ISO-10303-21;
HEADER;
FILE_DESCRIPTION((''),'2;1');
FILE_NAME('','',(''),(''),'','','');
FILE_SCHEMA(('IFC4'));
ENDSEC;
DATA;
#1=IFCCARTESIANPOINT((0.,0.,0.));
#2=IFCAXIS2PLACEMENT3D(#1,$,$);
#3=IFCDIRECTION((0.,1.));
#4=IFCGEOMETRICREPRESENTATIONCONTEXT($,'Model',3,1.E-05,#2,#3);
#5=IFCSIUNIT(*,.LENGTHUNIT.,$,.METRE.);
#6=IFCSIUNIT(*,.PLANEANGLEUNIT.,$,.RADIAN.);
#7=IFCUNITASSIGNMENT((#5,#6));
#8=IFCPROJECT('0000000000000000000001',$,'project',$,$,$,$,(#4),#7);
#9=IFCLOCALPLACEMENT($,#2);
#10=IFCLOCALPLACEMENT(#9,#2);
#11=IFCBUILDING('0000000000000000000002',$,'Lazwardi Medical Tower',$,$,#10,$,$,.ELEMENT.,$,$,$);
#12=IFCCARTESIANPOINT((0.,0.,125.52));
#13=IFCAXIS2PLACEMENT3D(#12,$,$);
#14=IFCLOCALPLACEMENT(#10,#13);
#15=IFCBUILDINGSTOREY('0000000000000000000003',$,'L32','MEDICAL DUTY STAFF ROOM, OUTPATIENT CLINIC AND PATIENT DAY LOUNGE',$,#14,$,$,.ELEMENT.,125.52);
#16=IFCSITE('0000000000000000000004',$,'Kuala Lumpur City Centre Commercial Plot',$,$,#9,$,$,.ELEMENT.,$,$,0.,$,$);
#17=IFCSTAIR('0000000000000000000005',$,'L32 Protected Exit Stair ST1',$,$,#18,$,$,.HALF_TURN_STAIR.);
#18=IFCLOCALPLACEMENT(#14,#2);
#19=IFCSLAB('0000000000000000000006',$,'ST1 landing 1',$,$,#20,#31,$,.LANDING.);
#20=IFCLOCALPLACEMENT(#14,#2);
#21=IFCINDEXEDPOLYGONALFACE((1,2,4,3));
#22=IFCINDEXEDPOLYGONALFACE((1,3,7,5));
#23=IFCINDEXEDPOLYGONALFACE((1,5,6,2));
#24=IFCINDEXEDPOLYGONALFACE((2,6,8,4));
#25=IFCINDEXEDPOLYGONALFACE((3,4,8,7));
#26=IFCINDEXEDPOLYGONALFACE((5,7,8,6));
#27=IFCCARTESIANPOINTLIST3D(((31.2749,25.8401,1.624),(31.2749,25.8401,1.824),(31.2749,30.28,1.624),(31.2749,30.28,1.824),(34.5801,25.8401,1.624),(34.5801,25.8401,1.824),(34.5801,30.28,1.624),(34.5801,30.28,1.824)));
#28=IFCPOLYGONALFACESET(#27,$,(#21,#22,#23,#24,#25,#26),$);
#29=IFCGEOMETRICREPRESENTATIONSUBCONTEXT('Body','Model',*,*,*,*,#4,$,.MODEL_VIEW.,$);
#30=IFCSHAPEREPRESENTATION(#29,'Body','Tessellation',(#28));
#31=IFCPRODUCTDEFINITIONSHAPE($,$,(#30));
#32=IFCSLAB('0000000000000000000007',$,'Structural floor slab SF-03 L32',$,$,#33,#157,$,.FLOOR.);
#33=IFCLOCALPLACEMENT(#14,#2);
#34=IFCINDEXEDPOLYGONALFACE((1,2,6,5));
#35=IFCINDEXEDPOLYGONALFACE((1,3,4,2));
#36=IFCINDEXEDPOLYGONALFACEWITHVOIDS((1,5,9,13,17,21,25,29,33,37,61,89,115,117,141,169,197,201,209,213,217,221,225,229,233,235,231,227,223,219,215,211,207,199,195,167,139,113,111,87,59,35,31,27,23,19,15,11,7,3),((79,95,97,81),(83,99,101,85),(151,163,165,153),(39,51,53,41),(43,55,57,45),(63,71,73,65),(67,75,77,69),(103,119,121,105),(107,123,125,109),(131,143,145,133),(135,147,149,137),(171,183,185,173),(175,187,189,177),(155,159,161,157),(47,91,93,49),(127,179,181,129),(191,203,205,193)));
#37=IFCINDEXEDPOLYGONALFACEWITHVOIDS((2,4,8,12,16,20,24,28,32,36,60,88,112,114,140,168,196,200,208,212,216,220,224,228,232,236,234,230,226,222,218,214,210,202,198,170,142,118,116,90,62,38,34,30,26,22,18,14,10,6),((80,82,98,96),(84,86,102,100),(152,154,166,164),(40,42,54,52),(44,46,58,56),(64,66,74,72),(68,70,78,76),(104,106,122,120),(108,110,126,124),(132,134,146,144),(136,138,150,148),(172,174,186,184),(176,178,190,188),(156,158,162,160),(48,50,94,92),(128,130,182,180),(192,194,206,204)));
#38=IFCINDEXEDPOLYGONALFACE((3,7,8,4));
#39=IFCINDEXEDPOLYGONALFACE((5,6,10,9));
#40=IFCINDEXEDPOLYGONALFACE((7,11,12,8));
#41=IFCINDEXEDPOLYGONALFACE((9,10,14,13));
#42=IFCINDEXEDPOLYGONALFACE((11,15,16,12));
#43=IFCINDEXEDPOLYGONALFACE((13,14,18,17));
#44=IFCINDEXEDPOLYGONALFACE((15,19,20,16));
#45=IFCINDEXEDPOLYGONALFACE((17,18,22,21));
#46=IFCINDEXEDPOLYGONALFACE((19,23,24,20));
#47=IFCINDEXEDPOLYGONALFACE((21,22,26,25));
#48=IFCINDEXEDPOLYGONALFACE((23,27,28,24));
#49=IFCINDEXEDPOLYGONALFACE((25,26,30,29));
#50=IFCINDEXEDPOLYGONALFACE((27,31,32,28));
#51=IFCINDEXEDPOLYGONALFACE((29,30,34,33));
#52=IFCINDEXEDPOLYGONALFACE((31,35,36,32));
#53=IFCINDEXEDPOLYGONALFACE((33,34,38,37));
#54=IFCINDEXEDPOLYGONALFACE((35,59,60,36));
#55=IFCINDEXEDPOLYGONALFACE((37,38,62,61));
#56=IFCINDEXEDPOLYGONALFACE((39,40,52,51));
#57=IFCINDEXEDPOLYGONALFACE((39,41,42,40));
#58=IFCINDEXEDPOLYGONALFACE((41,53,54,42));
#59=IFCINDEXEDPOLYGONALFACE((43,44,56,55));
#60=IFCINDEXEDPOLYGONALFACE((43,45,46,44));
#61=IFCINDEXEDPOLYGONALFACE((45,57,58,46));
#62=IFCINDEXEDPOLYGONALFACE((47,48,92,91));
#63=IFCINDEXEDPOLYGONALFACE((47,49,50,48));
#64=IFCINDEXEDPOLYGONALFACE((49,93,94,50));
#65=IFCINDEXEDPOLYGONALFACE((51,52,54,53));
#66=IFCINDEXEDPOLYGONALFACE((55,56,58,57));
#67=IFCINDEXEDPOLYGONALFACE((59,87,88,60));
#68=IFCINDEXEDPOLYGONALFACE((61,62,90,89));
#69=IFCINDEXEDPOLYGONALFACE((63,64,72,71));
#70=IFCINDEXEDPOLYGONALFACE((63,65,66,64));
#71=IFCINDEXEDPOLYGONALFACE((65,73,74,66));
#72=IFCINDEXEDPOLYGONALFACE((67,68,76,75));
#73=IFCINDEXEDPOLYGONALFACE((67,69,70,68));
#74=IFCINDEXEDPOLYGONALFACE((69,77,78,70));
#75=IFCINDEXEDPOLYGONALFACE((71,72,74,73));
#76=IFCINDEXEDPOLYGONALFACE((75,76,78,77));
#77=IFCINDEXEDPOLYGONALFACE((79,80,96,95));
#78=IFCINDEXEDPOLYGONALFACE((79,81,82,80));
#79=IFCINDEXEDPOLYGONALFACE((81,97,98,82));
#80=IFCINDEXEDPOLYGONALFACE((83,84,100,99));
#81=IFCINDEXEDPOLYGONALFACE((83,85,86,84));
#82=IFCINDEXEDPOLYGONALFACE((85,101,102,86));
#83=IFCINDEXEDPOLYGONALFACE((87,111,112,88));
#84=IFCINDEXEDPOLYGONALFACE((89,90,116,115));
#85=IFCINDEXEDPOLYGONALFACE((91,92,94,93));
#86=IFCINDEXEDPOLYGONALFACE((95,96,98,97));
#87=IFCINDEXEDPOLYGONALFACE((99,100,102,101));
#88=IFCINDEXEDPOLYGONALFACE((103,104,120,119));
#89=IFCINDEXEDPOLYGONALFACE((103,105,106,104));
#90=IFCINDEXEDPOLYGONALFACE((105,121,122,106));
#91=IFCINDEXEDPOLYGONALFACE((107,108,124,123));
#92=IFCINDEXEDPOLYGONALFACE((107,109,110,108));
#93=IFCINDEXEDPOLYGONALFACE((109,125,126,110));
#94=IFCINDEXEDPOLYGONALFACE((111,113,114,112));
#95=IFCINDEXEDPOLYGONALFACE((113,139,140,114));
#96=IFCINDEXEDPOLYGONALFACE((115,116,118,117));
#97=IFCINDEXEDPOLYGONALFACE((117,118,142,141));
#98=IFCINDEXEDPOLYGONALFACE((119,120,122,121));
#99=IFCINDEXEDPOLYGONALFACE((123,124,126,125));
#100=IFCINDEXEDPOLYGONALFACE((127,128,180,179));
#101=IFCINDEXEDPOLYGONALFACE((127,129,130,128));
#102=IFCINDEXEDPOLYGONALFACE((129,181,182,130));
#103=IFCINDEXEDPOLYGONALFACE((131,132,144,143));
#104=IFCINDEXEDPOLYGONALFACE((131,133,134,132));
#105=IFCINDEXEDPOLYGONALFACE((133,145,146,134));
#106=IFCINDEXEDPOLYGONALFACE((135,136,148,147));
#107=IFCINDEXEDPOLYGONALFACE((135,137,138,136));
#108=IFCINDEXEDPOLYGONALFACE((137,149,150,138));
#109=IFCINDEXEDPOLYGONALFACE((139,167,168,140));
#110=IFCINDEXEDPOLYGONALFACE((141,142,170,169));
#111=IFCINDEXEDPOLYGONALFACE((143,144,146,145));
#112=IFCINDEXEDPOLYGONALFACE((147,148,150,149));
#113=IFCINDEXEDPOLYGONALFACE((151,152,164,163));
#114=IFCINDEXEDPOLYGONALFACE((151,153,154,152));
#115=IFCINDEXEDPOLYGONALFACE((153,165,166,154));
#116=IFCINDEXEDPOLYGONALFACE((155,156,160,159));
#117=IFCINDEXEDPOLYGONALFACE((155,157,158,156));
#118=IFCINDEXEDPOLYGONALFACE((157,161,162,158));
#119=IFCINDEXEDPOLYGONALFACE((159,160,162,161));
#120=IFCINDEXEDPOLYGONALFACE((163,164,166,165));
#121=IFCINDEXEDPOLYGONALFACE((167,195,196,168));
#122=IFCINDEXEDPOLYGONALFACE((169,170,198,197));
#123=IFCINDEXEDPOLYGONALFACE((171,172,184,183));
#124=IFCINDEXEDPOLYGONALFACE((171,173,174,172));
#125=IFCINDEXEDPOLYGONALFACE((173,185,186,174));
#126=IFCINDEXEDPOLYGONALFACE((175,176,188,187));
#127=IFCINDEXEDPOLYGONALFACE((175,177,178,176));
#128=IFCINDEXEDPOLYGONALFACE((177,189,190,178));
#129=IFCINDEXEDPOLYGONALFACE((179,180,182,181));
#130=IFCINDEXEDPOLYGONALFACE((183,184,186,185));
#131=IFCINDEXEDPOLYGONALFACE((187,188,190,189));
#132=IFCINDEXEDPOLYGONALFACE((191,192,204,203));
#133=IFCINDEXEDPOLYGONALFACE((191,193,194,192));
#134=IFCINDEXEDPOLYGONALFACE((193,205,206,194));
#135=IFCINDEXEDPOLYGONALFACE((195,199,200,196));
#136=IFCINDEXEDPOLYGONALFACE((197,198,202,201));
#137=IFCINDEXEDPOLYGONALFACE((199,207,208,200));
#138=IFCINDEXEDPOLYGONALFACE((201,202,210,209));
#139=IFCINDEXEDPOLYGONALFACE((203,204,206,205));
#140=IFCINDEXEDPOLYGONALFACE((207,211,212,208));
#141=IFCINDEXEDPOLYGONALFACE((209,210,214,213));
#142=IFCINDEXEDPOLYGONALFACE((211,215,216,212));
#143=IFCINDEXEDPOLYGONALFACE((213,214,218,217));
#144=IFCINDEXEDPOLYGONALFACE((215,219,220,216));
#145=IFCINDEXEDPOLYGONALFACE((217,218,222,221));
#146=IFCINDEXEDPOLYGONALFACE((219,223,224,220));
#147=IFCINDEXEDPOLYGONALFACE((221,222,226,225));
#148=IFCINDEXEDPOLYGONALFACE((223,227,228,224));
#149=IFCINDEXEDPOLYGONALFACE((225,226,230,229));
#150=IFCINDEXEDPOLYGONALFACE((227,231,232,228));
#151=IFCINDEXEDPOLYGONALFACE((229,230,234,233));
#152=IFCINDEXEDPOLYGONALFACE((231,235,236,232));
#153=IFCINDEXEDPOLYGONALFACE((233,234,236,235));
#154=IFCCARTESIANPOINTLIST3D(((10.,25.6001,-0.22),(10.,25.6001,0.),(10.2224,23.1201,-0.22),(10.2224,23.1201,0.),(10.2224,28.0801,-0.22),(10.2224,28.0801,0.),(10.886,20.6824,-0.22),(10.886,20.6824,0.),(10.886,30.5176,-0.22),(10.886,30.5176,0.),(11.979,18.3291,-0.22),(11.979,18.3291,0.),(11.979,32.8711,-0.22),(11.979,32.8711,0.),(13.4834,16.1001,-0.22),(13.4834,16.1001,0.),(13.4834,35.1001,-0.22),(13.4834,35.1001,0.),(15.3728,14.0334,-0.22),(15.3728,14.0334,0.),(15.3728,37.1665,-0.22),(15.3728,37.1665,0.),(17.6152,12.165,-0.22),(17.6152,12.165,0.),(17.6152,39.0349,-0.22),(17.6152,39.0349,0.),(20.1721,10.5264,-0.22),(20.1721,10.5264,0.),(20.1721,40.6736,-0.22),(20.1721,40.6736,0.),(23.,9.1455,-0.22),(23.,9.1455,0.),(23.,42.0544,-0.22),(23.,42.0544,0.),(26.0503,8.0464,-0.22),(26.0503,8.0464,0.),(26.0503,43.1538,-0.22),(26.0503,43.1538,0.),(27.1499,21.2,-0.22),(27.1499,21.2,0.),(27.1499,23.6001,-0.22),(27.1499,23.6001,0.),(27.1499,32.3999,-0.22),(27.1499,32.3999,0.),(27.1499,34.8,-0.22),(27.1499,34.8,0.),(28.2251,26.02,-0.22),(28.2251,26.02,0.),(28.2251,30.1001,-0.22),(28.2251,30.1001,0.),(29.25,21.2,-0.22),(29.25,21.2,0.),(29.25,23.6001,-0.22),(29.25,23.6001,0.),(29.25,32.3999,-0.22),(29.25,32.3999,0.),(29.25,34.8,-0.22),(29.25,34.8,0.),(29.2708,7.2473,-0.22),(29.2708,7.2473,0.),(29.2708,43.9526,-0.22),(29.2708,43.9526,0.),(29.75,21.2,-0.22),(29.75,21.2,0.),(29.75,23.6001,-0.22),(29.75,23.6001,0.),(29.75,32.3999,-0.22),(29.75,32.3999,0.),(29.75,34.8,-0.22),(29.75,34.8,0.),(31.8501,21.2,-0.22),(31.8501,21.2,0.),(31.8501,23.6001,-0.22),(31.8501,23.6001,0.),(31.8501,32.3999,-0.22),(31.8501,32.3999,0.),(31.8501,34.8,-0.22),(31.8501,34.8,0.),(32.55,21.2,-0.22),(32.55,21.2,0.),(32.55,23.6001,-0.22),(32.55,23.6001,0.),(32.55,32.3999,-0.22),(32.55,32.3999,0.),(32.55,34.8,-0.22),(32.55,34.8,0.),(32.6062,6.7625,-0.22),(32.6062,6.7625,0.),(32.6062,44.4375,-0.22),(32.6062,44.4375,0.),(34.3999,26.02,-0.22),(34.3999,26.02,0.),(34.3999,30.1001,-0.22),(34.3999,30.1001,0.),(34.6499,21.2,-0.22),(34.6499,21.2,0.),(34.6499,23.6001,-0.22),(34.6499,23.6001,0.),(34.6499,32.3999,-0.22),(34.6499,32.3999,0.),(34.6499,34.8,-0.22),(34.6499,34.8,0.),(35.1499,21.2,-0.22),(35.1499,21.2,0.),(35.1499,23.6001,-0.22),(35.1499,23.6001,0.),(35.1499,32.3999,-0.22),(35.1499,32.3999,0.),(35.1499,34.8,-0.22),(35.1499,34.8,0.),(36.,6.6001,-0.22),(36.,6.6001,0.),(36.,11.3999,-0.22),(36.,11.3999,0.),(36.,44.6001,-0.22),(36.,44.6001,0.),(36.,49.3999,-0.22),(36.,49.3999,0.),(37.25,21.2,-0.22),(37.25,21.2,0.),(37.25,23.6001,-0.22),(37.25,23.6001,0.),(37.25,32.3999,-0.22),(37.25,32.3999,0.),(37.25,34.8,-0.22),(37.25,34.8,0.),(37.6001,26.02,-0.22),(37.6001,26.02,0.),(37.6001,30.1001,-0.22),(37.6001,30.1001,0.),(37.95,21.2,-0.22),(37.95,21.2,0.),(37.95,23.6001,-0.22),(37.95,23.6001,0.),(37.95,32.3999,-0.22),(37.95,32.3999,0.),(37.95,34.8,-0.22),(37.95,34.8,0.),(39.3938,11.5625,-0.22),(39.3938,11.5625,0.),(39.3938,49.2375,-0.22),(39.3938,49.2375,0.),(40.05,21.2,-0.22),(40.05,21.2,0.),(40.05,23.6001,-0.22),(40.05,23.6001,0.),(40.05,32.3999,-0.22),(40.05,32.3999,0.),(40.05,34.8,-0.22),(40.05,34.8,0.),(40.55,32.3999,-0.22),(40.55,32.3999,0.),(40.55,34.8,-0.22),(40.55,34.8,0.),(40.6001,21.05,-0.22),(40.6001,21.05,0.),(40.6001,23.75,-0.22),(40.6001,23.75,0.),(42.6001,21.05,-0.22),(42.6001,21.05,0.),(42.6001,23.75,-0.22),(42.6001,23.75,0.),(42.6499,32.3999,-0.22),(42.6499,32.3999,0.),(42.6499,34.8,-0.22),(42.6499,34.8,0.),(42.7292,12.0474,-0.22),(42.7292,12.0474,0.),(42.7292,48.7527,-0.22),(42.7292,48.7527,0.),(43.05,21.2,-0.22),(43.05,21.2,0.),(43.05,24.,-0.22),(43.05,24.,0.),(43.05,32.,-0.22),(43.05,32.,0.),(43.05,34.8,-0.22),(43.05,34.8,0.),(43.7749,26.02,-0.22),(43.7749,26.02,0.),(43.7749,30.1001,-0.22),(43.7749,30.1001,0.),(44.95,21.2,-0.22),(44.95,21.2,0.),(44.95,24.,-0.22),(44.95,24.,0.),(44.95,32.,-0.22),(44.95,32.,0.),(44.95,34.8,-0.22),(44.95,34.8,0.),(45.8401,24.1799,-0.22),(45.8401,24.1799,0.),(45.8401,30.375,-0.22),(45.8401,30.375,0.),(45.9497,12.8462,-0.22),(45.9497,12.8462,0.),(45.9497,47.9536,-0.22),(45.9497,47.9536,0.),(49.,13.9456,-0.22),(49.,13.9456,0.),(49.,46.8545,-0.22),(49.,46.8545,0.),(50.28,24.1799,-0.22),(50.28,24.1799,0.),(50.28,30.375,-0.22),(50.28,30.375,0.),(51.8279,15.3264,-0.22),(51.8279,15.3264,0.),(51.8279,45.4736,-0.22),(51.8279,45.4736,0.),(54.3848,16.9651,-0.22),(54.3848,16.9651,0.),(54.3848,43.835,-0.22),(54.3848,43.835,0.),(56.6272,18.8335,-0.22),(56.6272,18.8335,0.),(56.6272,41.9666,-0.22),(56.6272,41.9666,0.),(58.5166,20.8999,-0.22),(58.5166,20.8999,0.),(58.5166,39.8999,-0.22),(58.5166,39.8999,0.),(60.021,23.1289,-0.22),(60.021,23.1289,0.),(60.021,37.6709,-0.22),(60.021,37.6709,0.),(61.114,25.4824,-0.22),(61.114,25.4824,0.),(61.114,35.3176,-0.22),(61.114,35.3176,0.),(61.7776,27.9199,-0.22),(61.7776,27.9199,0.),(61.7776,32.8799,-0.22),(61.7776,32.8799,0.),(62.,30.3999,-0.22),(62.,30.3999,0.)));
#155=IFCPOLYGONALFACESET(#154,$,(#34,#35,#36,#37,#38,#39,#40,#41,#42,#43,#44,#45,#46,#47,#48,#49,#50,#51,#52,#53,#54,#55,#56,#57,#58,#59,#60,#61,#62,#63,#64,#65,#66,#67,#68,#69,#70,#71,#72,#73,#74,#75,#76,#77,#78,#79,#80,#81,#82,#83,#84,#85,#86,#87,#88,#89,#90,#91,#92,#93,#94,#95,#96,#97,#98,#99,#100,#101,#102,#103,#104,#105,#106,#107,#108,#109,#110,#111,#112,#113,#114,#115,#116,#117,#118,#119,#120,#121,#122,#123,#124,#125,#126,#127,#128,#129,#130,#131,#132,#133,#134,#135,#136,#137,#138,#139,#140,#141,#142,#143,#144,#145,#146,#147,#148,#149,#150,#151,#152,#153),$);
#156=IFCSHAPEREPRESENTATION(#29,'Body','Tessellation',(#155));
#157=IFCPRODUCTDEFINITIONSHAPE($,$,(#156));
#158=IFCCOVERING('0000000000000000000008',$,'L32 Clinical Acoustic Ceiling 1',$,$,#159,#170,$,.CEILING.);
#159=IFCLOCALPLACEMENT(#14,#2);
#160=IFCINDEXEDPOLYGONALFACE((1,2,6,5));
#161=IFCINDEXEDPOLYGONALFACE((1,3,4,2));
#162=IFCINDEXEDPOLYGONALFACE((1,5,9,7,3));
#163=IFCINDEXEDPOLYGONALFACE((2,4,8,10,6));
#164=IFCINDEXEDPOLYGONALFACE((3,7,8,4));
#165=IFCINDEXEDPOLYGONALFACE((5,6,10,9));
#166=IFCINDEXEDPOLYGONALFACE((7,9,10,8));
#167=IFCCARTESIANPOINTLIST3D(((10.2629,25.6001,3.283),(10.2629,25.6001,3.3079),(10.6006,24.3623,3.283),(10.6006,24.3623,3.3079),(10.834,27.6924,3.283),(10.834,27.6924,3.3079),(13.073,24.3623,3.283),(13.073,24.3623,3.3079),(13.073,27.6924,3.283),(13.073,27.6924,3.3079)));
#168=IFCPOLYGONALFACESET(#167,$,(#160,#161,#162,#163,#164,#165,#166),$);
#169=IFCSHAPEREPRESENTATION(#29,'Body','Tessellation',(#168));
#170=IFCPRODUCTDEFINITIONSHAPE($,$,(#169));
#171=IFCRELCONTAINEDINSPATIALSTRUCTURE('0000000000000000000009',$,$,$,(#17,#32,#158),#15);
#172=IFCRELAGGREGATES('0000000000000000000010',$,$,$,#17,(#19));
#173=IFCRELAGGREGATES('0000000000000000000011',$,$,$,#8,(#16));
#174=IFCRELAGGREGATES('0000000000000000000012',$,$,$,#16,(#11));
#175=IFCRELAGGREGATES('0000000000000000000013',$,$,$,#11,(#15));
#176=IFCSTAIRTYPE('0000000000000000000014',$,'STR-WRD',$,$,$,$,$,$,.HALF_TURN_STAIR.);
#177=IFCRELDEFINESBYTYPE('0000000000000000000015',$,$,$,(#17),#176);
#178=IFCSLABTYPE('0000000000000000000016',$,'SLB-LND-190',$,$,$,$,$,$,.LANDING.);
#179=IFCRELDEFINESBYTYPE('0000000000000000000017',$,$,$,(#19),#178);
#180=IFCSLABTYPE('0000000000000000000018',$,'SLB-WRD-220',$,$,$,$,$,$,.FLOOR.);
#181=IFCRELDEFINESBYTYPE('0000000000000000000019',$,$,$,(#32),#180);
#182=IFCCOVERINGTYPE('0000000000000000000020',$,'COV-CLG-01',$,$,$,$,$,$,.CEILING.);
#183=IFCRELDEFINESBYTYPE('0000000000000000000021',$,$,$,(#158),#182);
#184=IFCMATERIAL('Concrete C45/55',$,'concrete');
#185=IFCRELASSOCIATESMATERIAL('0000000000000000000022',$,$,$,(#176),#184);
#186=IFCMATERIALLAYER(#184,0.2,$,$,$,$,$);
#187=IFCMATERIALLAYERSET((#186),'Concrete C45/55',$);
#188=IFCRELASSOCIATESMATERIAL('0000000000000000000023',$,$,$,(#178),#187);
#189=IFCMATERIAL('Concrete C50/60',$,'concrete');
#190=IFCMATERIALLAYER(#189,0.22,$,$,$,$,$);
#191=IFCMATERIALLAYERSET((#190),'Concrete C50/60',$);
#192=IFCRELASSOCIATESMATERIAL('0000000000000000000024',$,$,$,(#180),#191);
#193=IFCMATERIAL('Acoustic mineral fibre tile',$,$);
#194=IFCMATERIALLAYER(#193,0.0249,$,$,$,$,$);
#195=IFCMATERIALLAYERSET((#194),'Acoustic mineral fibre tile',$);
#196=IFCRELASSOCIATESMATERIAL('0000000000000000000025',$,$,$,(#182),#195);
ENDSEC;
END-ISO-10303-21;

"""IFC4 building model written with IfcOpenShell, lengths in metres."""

from ifc_helpers import new_model, si_unit, direction, frame, origin, place, context, subcontext, project, spatial, polyline, outline, extrude, material, layer, layer_set, type_object, element, aggregate, save


model = new_model("IFC4")

# Units and contexts
model_context = context("Model", 3, precision=1e-05, world=origin(), true_north=direction((0.0, 1.0)))
body_context = subcontext(model_context, "Body", "Model", "MODEL_VIEW")
ifc_project = project(units=[si_unit("LENGTHUNIT", "METRE"), si_unit("PLANEANGLEUNIT", "RADIAN")], contexts=[model_context])

# Site, building, storey
site_placement = place(None, origin())
site = spatial("IfcSite", under=ifc_project, at=site_placement, Name="Kuala Lumpur City Centre Commercial Plot", CompositionType="ELEMENT", RefElevation=0.0)
building_placement = place(site_placement, origin())
building = spatial("IfcBuilding", under=site, at=building_placement, Name="Lazwardi Medical Tower", CompositionType="ELEMENT")
storey_placement = place(building_placement, frame((0.0, 0.0, 125.52)))
storey = spatial("IfcBuildingStorey", under=building, at=storey_placement, Name="L32", Description="MEDICAL DUTY STAFF ROOM, OUTPATIENT CLINIC AND PATIENT DAY LOUNGE", CompositionType="ELEMENT", Elevation=125.52)

# Stair, slab
ifc_material_1 = material(Name="Concrete C45/55", Category="concrete")
stair_type = type_object("IfcStairType", Name="STR-WRD", PredefinedType="HALF_TURN_STAIR", material=ifc_material_1)
stair_placement = place(storey_placement, origin())
stair = element("IfcStair", 1, at=stair_placement, inside=storey, type_object=stair_type, Name="L32 Protected Exit Stair ST1", PredefinedType="HALF_TURN_STAIR")
ifc_layer_1 = layer(ifc_material_1, 0.2)
ifc_layer_set_1 = layer_set([ifc_layer_1], Name="Concrete C45/55")
slab_type_1 = type_object("IfcSlabType", Name="SLB-LND-190", PredefinedType="LANDING", material=ifc_layer_set_1)
slab_1_placement = place(storey_placement, frame((0.0, 0.0, 1.624)))
slab_1 = element("IfcSlab", 2, at=slab_1_placement, type_object=slab_type_1, Name="ST1 landing 1", PredefinedType="LANDING", context=body_context, shape_type="SweptSolid", body=[
    extrude(outline(polyline([(31.2749, 25.8401), (34.5801, 25.8401), (34.5801, 30.28), (31.2749, 30.28), (31.2749, 25.8401)])), origin(), (0.0, 0.0, 1.0), 0.2),
])
aggregate(stair, [slab_1])

# Slab
ifc_material_2 = material(Name="Concrete C50/60", Category="concrete")
ifc_layer_2 = layer(ifc_material_2, 0.22)
ifc_layer_set_2 = layer_set([ifc_layer_2], Name="Concrete C50/60")
slab_type_2 = type_object("IfcSlabType", Name="SLB-WRD-220", PredefinedType="FLOOR", material=ifc_layer_set_2)
slab_2_placement = place(storey_placement, frame((0.0, 0.0, -0.22)))
element("IfcSlab", 3, at=slab_2_placement, inside=storey, type_object=slab_type_2, Name="Structural floor slab SF-03 L32", PredefinedType="FLOOR", context=body_context, shape_type="SweptSolid", body=[
    extrude(outline(polyline([(11.979, 32.8711), (10.886, 30.5176), (10.2224, 28.0801), (10.0, 25.6001), (10.2224, 23.1201), (10.886, 20.6824), (11.979, 18.3291), (13.4834, 16.1001), (15.3728, 14.0334), (17.6152, 12.165), (20.1721, 10.5264), (23.0, 9.1455), (26.0503, 8.0464), (29.2708, 7.2473), (32.6062, 6.7625), (36.0, 6.6001), (36.0, 11.3999), (39.3938, 11.5625), (42.7292, 12.0474), (45.9497, 12.8462), (49.0, 13.9456), (51.8279, 15.3264), (54.3848, 16.9651), (56.6272, 18.8335), (58.5166, 20.8999), (60.021, 23.1289), (61.114, 25.4824), (61.7776, 27.9199), (62.0, 30.3999), (61.7776, 32.8799), (61.114, 35.3176), (60.021, 37.6709), (58.5166, 39.8999), (56.6272, 41.9666), (54.3848, 43.835), (51.8279, 45.4736), (49.0, 46.8545), (45.9497, 47.9536), (42.7292, 48.7527), (39.3938, 49.2375), (36.0, 49.3999), (36.0, 44.6001), (32.6062, 44.4375), (29.2708, 43.9526), (26.0503, 43.1538), (23.0, 42.0544), (20.1721, 40.6736), (17.6152, 39.0349), (15.3728, 37.1665), (13.4834, 35.1001), (11.979, 32.8711)]), holes=[polyline([(28.2251, 26.02), (28.2251, 30.1001), (34.3999, 30.1001), (34.3999, 26.02), (28.2251, 26.02)]), polyline([(37.6001, 30.1001), (43.7749, 30.1001), (43.7749, 26.02), (37.6001, 26.02), (37.6001, 30.1001)]), polyline([(50.28, 30.375), (50.28, 24.1799), (45.8401, 24.1799), (45.8401, 30.375), (50.28, 30.375)]), polyline([(29.25, 32.3999), (27.1499, 32.3999), (27.1499, 34.8), (29.25, 34.8), (29.25, 32.3999)]), polyline([(29.75, 32.3999), (29.75, 34.8), (31.8501, 34.8), (31.8501, 32.3999), (29.75, 32.3999)]), polyline([(27.1499, 23.6001), (29.25, 23.6001), (29.25, 21.2), (27.1499, 21.2), (27.1499, 23.6001)]), polyline([(31.8501, 23.6001), (31.8501, 21.2), (29.75, 21.2), (29.75, 23.6001), (31.8501, 23.6001)]), polyline([(34.6499, 32.3999), (32.55, 32.3999), (32.55, 34.8), (34.6499, 34.8), (34.6499, 32.3999)]), polyline([(35.1499, 32.3999), (35.1499, 34.8), (37.25, 34.8), (37.25, 32.3999), (35.1499, 32.3999)]), polyline([(32.55, 23.6001), (34.6499, 23.6001), (34.6499, 21.2), (32.55, 21.2), (32.55, 23.6001)]), polyline([(37.25, 23.6001), (37.25, 21.2), (35.1499, 21.2), (35.1499, 23.6001), (37.25, 23.6001)]), polyline([(40.05, 32.3999), (37.95, 32.3999), (37.95, 34.8), (40.05, 34.8), (40.05, 32.3999)]), polyline([(40.55, 32.3999), (40.55, 34.8), (42.6499, 34.8), (42.6499, 32.3999), (40.55, 32.3999)]), polyline([(37.95, 23.6001), (40.05, 23.6001), (40.05, 21.2), (37.95, 21.2), (37.95, 23.6001)]), polyline([(44.95, 34.8), (44.95, 32.0), (43.05, 32.0), (43.05, 34.8), (44.95, 34.8)]), polyline([(44.95, 21.2), (43.05, 21.2), (43.05, 24.0), (44.95, 24.0), (44.95, 21.2)]), polyline([(40.6001, 21.05), (40.6001, 23.75), (42.6001, 23.75), (42.6001, 21.05), (40.6001, 21.05)])]), origin(), (0.0, 0.0, 1.0), 0.22),
])

# Covering
ifc_material_3 = material(Name="Acoustic mineral fibre tile")
ifc_layer_3 = layer(ifc_material_3, 0.0249)
ifc_layer_set_3 = layer_set([ifc_layer_3], Name="Acoustic mineral fibre tile")
covering_type_1 = type_object("IfcCoveringType", Name="COV-CLG-01", PredefinedType="CEILING", material=ifc_layer_set_3)
covering_1_placement = place(storey_placement, frame((0.0, 0.0, 3.283)))
element("IfcCovering", 4, at=covering_1_placement, inside=storey, type_object=covering_type_1, Name="L32 Clinical Acoustic Ceiling 1", PredefinedType="CEILING", context=body_context, shape_type="SweptSolid", body=[
    extrude(outline(polyline([(10.834, 27.6924), (10.2629, 25.6001), (10.6006, 24.3623), (13.073, 24.3623), (13.073, 27.6924), (10.834, 27.6924)])), origin(), (0.0, 0.0, 1.0), 0.0249),
])

save(model, "model.ifc")
